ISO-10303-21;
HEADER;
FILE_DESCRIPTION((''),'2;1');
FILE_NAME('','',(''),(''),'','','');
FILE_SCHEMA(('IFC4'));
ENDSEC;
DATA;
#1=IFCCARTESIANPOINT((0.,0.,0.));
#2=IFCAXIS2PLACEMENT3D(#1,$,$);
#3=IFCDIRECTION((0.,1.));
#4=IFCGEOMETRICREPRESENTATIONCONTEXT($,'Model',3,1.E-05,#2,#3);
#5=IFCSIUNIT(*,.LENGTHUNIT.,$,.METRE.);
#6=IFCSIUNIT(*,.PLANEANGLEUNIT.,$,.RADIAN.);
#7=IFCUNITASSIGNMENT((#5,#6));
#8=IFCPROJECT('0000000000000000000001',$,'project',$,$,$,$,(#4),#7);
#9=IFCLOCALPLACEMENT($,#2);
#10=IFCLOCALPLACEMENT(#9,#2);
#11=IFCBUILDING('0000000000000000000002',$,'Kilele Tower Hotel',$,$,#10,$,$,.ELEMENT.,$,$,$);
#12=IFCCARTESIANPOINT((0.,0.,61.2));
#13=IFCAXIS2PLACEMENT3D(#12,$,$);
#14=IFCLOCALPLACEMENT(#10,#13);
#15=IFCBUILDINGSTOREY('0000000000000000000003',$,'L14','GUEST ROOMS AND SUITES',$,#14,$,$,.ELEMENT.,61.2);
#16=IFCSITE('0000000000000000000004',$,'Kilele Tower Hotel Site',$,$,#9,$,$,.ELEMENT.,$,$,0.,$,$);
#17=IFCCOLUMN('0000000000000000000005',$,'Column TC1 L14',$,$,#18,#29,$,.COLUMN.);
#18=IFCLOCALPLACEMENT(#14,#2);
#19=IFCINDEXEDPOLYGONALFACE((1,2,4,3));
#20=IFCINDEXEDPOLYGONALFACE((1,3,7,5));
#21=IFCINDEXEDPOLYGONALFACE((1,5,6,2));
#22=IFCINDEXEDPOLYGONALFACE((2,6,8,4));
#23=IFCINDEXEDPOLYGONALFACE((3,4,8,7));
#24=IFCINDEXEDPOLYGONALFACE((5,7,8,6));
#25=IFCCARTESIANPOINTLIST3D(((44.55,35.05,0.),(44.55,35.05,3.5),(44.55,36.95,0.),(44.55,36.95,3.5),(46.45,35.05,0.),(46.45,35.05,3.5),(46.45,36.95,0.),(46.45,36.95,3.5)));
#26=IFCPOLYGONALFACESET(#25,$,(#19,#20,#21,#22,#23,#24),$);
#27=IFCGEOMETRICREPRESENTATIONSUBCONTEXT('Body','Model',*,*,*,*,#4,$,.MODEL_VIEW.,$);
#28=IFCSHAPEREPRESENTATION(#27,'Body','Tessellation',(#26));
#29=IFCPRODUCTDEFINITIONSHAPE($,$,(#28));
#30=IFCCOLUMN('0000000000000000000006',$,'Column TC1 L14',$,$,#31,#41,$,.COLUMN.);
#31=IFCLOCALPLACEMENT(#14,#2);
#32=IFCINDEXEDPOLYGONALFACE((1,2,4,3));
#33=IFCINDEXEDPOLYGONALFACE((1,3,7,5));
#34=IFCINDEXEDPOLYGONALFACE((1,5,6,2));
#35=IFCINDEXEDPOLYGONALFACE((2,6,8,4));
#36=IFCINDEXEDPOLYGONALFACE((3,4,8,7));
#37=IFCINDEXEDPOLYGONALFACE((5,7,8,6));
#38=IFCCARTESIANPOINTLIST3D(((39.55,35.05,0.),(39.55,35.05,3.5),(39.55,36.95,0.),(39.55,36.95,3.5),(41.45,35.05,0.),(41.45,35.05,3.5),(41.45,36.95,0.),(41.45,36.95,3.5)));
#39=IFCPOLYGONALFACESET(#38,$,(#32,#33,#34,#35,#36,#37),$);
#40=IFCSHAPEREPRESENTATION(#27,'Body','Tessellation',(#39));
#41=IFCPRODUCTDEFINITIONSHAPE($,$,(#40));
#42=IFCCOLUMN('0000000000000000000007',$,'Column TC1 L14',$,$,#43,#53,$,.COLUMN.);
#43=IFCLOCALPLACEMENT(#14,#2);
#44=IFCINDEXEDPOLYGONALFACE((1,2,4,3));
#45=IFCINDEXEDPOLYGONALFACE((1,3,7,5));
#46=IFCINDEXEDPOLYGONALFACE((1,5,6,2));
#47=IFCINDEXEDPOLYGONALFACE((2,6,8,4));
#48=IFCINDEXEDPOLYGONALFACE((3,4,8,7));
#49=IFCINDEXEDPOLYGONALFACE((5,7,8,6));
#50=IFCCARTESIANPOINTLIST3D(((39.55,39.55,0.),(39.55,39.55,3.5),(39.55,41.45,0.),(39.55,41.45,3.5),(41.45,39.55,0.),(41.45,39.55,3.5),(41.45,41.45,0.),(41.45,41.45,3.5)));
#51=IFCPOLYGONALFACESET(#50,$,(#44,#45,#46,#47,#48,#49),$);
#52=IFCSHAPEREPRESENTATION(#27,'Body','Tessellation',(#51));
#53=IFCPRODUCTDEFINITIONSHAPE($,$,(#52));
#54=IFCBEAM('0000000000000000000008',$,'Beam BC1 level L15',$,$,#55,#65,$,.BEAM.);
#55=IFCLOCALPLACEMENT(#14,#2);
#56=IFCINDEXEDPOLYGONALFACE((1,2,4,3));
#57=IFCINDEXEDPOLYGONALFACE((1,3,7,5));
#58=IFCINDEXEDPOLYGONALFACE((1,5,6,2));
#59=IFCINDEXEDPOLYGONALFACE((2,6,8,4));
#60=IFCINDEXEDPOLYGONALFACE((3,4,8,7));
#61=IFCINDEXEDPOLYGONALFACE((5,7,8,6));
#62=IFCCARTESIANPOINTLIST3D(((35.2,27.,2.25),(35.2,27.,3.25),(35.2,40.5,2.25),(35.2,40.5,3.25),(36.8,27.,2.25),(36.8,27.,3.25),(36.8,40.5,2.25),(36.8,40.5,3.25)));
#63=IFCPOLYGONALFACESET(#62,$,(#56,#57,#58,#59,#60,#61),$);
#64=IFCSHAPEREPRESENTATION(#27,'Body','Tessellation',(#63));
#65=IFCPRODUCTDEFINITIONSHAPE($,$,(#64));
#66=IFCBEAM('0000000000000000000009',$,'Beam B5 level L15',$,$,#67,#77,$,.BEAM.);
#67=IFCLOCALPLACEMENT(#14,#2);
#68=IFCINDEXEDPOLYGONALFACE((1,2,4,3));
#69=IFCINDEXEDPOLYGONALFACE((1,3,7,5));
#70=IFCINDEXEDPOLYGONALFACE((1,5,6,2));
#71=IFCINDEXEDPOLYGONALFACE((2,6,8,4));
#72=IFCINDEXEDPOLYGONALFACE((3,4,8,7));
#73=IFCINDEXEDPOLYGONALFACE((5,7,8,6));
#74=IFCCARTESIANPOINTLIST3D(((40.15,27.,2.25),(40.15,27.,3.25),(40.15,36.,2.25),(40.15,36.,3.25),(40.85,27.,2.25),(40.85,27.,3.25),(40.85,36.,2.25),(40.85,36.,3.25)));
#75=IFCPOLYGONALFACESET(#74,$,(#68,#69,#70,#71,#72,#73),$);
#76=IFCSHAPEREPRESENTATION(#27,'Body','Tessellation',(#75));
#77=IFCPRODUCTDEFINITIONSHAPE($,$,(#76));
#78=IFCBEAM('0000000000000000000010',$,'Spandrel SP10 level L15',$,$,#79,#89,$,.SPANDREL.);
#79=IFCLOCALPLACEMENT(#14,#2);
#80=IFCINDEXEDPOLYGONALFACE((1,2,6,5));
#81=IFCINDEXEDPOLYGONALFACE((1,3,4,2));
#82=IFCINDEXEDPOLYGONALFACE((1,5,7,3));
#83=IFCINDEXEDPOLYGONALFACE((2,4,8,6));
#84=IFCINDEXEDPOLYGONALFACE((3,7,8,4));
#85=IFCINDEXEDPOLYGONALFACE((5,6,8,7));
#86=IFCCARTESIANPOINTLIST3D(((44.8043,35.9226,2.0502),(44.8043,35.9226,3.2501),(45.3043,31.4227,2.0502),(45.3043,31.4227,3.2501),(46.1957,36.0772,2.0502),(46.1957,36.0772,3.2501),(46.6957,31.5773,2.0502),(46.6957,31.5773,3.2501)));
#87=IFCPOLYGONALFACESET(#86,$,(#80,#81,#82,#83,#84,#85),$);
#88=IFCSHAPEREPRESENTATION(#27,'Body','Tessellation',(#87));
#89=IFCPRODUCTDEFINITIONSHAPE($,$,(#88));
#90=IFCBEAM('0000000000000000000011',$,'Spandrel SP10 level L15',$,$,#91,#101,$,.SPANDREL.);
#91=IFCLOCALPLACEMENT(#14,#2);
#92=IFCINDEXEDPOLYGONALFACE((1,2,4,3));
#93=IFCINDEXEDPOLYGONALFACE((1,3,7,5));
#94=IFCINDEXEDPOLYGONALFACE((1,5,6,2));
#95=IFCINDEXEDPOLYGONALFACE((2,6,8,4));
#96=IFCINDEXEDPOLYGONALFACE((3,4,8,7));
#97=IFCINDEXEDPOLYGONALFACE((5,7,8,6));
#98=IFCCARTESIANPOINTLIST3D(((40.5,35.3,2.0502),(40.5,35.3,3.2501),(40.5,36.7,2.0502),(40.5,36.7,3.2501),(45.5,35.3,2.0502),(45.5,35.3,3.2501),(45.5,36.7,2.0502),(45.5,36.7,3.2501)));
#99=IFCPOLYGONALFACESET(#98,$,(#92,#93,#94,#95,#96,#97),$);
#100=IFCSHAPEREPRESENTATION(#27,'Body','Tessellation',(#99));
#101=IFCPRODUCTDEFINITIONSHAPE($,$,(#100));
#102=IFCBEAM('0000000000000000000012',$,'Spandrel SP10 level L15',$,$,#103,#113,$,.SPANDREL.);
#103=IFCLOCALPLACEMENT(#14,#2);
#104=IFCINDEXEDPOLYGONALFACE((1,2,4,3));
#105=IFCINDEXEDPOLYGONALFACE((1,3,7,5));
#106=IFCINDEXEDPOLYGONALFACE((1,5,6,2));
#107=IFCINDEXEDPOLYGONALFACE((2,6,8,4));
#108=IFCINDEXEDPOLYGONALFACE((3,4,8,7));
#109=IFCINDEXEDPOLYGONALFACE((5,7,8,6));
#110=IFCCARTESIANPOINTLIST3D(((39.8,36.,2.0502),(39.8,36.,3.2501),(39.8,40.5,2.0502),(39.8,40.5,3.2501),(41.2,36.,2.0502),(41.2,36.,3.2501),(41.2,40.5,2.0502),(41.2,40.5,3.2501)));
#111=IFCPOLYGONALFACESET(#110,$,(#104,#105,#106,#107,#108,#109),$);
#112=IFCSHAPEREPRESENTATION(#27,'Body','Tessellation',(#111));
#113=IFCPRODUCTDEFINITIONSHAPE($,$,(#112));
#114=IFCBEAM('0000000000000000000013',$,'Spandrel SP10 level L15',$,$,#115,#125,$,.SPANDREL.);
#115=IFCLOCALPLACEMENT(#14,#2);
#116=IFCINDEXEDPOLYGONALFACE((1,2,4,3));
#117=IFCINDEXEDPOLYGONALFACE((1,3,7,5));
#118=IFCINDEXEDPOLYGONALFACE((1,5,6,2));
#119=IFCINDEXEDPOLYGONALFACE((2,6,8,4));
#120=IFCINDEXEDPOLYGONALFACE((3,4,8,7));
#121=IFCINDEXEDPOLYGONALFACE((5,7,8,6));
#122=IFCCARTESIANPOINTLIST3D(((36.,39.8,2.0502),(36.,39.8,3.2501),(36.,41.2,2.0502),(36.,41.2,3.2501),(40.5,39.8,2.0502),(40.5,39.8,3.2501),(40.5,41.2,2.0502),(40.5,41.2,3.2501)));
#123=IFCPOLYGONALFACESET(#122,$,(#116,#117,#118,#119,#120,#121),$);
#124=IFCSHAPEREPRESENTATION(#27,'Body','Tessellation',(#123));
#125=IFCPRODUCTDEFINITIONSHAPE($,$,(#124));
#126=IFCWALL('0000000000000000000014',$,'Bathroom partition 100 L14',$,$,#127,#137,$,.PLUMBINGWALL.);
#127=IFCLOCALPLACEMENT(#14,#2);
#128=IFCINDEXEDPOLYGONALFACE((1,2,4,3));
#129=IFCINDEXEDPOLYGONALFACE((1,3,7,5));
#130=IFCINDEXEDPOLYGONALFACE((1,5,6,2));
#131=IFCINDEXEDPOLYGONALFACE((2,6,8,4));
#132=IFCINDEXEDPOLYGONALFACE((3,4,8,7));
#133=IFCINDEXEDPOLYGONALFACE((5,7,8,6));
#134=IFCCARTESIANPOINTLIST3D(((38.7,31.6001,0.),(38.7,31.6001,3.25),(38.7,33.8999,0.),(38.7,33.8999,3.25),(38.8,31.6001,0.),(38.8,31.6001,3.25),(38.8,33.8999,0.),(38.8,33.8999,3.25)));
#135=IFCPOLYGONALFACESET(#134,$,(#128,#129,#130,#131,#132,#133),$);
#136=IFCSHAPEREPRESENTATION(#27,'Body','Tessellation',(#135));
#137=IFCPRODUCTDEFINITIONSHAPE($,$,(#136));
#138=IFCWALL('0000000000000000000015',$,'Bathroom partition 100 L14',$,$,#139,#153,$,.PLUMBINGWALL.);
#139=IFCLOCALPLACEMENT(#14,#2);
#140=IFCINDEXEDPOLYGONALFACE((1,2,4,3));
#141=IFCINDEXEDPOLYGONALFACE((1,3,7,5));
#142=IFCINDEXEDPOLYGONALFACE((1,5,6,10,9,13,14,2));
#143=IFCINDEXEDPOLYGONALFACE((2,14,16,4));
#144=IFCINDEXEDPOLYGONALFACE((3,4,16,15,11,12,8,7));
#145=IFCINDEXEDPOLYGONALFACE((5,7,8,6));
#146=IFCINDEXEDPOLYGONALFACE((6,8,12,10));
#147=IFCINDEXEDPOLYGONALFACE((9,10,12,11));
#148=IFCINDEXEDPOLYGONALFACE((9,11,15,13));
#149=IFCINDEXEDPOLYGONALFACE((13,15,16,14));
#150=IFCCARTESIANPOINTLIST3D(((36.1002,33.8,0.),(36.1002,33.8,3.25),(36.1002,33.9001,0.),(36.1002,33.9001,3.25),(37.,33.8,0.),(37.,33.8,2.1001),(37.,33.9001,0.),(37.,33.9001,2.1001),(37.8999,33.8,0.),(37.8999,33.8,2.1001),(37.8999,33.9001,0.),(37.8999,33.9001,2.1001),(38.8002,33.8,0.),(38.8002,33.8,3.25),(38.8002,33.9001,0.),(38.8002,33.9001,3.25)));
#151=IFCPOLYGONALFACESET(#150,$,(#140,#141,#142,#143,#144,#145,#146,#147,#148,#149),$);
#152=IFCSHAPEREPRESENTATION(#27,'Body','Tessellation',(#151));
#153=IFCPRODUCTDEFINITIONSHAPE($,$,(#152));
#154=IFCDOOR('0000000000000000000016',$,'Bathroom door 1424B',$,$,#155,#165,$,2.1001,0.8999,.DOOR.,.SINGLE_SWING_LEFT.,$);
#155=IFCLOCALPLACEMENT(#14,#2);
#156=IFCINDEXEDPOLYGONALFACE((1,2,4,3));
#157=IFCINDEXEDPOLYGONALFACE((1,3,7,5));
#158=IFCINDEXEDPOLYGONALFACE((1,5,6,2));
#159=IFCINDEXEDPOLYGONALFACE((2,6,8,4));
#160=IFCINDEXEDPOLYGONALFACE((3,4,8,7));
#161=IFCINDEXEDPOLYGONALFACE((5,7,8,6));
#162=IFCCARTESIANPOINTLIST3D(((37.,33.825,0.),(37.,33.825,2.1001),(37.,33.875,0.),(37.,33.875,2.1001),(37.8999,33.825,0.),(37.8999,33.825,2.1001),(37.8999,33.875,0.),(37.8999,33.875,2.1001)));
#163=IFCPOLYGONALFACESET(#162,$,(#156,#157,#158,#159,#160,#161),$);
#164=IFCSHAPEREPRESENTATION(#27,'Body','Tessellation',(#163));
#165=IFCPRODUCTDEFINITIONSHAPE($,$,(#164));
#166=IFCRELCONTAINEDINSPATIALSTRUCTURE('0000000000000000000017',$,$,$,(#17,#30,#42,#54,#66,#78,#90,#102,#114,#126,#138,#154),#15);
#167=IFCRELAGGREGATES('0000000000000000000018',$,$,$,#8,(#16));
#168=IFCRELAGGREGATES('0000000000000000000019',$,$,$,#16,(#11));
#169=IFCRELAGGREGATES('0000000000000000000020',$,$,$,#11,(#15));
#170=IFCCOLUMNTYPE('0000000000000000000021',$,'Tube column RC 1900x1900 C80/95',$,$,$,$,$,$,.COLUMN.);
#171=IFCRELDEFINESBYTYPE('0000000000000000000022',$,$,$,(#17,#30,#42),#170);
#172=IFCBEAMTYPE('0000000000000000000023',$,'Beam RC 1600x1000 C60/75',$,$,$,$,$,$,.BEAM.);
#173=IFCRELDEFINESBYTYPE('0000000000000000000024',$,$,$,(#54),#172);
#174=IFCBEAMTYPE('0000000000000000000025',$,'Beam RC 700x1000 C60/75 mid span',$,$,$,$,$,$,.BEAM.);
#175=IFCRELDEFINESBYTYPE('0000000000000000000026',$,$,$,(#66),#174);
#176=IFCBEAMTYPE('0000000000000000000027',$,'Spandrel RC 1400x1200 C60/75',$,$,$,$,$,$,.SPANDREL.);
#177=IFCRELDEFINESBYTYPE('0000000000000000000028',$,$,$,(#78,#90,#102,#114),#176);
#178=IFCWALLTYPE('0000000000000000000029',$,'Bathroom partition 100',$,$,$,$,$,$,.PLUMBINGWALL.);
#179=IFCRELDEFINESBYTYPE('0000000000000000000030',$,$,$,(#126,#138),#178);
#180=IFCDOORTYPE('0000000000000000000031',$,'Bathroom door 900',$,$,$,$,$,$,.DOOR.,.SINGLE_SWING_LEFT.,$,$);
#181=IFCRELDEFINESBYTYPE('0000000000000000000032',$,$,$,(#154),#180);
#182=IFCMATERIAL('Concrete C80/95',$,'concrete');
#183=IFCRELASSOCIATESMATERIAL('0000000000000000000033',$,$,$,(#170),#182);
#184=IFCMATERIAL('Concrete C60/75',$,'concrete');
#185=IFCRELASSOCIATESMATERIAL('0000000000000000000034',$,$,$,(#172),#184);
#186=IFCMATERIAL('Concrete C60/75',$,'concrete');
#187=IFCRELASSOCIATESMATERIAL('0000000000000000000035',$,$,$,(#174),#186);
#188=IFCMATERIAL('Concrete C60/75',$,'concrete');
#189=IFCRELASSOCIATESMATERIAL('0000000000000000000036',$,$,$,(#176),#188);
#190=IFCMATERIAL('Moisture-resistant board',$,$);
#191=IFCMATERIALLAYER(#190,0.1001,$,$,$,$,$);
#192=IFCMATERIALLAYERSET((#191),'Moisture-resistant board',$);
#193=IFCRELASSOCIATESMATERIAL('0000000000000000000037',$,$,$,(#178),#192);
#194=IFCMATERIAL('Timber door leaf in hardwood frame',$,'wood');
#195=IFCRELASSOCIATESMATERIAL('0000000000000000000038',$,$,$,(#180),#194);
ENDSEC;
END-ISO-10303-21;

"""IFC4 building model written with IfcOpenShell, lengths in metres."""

from ifc_helpers import new_model, si_unit, direction, frame, frame_2d, origin, origin_2d, place, context, subcontext, project, spatial, rectangle, extrude, material, layer, layer_set, material_profile, profile_set, type_object, element, fill, save


model = new_model("IFC4")

# Units and contexts
model_context = context("Model", 3, precision=1e-05, world=origin(), true_north=direction((0.0, 1.0)))
body_context = subcontext(model_context, "Body", "Model", "MODEL_VIEW")
ifc_project = project(units=[si_unit("LENGTHUNIT", "METRE"), si_unit("PLANEANGLEUNIT", "RADIAN")], contexts=[model_context])

# Site, building, storey
site_placement = place(None, origin())
site = spatial("IfcSite", under=ifc_project, at=site_placement, Name="Kilele Tower Hotel Site", CompositionType="ELEMENT", RefElevation=0.0)
building_placement = place(site_placement, origin())
building = spatial("IfcBuilding", under=site, at=building_placement, Name="Kilele Tower Hotel", CompositionType="ELEMENT")
storey_placement = place(building_placement, frame((0.0, 0.0, 61.2)))
storey = spatial("IfcBuildingStorey", under=building, at=storey_placement, Name="L14", Description="GUEST ROOMS AND SUITES", CompositionType="ELEMENT", Elevation=61.2)

# Columns
ifc_material_1 = material(Name="Concrete C80/95", Category="concrete")
ifc_material_profile_1 = material_profile(ifc_material_1, rectangle(XDim=1.8999, YDim=1.8999, at=origin_2d()))
ifc_profile_set_1 = profile_set([ifc_material_profile_1], Name="Concrete C80/95")
column_type = type_object("IfcColumnType", Name="Tube column RC 1900x1900 C80/95", PredefinedType="COLUMN", material=ifc_profile_set_1)
for number, where, z_axis, x_axis, name in (
    (1, (45.5, 36.0, 0.0), (0.0, 0.0, 1.0), (1.0, 0.0, 0.0), "Column TC1 L14"),
    (2, (40.5, 36.0, 0.0), (0.0, 0.0, 1.0), (1.0, 0.0, 0.0), "Column TC1 L14"),
    (3, (40.5, 40.5, 0.0), (0.0, 0.0, 1.0), (1.0, 0.0, 0.0), "Column TC1 L14"),
):
    element("IfcColumn", number, at=place(storey_placement, frame(where, z_axis=z_axis, x_axis=x_axis)), inside=storey, type_object=column_type, Name=name, PredefinedType="COLUMN", context=body_context, shape_type="SweptSolid", body=[
        extrude(rectangle(XDim=1.8999, YDim=1.8999, at=origin_2d()), origin(), (0.0, 0.0, 1.0), 3.5),
    ])

# Beams
ifc_material_2 = material(Name="Concrete C60/75", Category="concrete")
ifc_material_profile_2 = material_profile(ifc_material_2, rectangle(XDim=1.6001, YDim=1.0, at=origin_2d()))
ifc_profile_set_2 = profile_set([ifc_material_profile_2], Name="Concrete C60/75")
beam_type_1 = type_object("IfcBeamType", Name="Beam RC 1600x1000 C60/75", PredefinedType="BEAM", material=ifc_profile_set_2)
beam_1_placement = place(storey_placement, frame((36.0, 40.5, 2.75), z_axis=(0.0, -1.0, 0.0), x_axis=(1.0, 0.0, 0.0)))
element("IfcBeam", 4, at=beam_1_placement, inside=storey, type_object=beam_type_1, Name="Beam BC1 level L15", PredefinedType="BEAM", context=body_context, shape_type="SweptSolid", body=[
    extrude(rectangle(XDim=1.6001, YDim=1.0, at=origin_2d()), origin(), (0.0, 0.0, 1.0), 13.5),
])
ifc_material_3 = material(Name="Concrete C60/75", Category="concrete")
ifc_material_profile_3 = material_profile(ifc_material_3, rectangle(XDim=0.7, YDim=1.0, at=origin_2d()))
ifc_profile_set_3 = profile_set([ifc_material_profile_3], Name="Concrete C60/75")
beam_type_2 = type_object("IfcBeamType", Name="Beam RC 700x1000 C60/75 mid span", PredefinedType="BEAM", material=ifc_profile_set_3)
beam_2_placement = place(storey_placement, frame((40.5, 36.0, 2.75), z_axis=(0.0, -1.0, 0.0), x_axis=(1.0, 0.0, 0.0)))
element("IfcBeam", 5, at=beam_2_placement, inside=storey, type_object=beam_type_2, Name="Beam B5 level L15", PredefinedType="BEAM", context=body_context, shape_type="SweptSolid", body=[
    extrude(rectangle(XDim=0.7, YDim=1.0, at=origin_2d()), origin(), (0.0, 0.0, 1.0), 9.0),
])
ifc_material_4 = material(Name="Concrete C60/75", Category="concrete")
ifc_material_profile_4 = material_profile(ifc_material_4, rectangle(XDim=1.3999, YDim=1.2, at=origin_2d()))
ifc_profile_set_4 = profile_set([ifc_material_profile_4], Name="Concrete C60/75")
beam_type_3 = type_object("IfcBeamType", Name="Spandrel RC 1400x1200 C60/75", PredefinedType="SPANDREL", material=ifc_profile_set_4)
beam_3_placement = place(storey_placement, frame((46.0, 31.5, 2.6501), z_axis=(-0.110432, 0.993884, 0.0), x_axis=(-0.993884, -0.110432, 0.0)))
element("IfcBeam", 6, at=beam_3_placement, inside=storey, type_object=beam_type_3, Name="Spandrel SP10 level L15", PredefinedType="SPANDREL", context=body_context, shape_type="SweptSolid", body=[
    extrude(rectangle(XDim=1.3999, YDim=1.2, at=origin_2d()), origin(), (0.0, 0.0, 1.0), 4.5276),
])
beam_4_placement = place(storey_placement, frame((45.5, 36.0, 2.6501), z_axis=(-1.0, 0.0, 0.0), x_axis=(0.0, -1.0, 0.0)))
element("IfcBeam", 7, at=beam_4_placement, inside=storey, type_object=beam_type_3, Name="Spandrel SP10 level L15", PredefinedType="SPANDREL", context=body_context, shape_type="SweptSolid", body=[
    extrude(rectangle(XDim=1.3999, YDim=1.2, at=origin_2d()), origin(), (0.0, 0.0, 1.0), 5.0),
])
for number, where, z_axis, x_axis, name in (
    (8, (40.5, 36.0, 2.6501), (0.0, 1.0, 0.0), (-1.0, 0.0, 0.0), "Spandrel SP10 level L15"),
    (9, (40.5, 40.5, 2.6501), (-1.0, 0.0, 0.0), (0.0, -1.0, 0.0), "Spandrel SP10 level L15"),
):
    element("IfcBeam", number, at=place(storey_placement, frame(where, z_axis=z_axis, x_axis=x_axis)), inside=storey, type_object=beam_type_3, Name=name, PredefinedType="SPANDREL", context=body_context, shape_type="SweptSolid", body=[
        extrude(rectangle(XDim=1.3999, YDim=1.2, at=origin_2d()), origin(), (0.0, 0.0, 1.0), 4.5),
    ])

# Wall
ifc_material_5 = material(Name="Moisture-resistant board")
ifc_layer_1 = layer(ifc_material_5, 0.1001)
ifc_layer_set_1 = layer_set([ifc_layer_1], Name="Moisture-resistant board")
wall_type_1 = type_object("IfcWallType", Name="Bathroom partition 100", PredefinedType="PLUMBINGWALL", material=ifc_layer_set_1)
wall_1_placement = place(storey_placement, frame((38.75, 31.6001, 0.0), z_axis=(0.0, 0.0, 1.0), x_axis=(0.0, 1.0, 0.0)))
element("IfcWall", 10, at=wall_1_placement, inside=storey, type_object=wall_type_1, Name="Bathroom partition 100 L14", PredefinedType="PLUMBINGWALL", context=body_context, shape_type="SweptSolid", body=[
    extrude(rectangle(XDim=2.2998, YDim=0.1001, at=frame_2d((1.1499, 0.0))), origin(), (0.0, 0.0, 1.0), 3.25),
])

# Wall, opening, door
wall_2_placement = place(storey_placement, frame((36.1001, 33.8501, 0.0), z_axis=(0.0, 0.0, 1.0), x_axis=(1.0, 0.0, 0.0)))
wall_2 = element("IfcWall", 11, at=wall_2_placement, inside=storey, type_object=wall_type_1, Name="Bathroom partition 100 L14", PredefinedType="PLUMBINGWALL", context=body_context, shape_type="SweptSolid", body=[
    extrude(rectangle(XDim=2.7, YDim=0.1001, at=frame_2d((1.3501, 0.0))), origin(), (0.0, 0.0, 1.0), 3.25),
])
opening_1_placement = place(wall_2_placement, frame((0.8999, 0.0, 0.0)))
opening_1 = element("IfcOpeningElement", 12, at=opening_1_placement, cuts=wall_2, PredefinedType="OPENING", context=body_context, shape_type="SweptSolid", body=[
    extrude(rectangle(XDim=0.8999, YDim=2.1001, at=frame_2d((0.45, 1.05))), frame((0.0, 0.0601, 0.0), z_axis=(0.0, -1.0, 0.0), x_axis=(1.0, 0.0, 0.0)), (0.0, 0.0, 1.0), 0.1201),
])
ifc_material_6 = material(Name="Timber door leaf in hardwood frame", Category="wood")
door_type_1 = type_object("IfcDoorType", Name="Bathroom door 900", OperationType="SINGLE_SWING_LEFT", PredefinedType="DOOR", material=ifc_material_6)
door_1_placement = place(opening_1_placement, origin())
door_1 = element("IfcDoor", 13, at=door_1_placement, inside=storey, type_object=door_type_1, Name="Bathroom door 1424B", OperationType="SINGLE_SWING_LEFT", OverallHeight=2.1001, OverallWidth=0.8999, PredefinedType="DOOR", context=body_context, shape_type="SweptSolid", body=[
    extrude(rectangle(XDim=0.8999, YDim=2.1001, at=frame_2d((0.45, 1.05))), frame((0.0, 0.0249, 0.0), z_axis=(0.0, -1.0, 0.0), x_axis=(1.0, 0.0, 0.0)), (0.0, 0.0, 1.0), 0.05),
])
fill(opening_1, door_1)

save(model, "model.ifc")
